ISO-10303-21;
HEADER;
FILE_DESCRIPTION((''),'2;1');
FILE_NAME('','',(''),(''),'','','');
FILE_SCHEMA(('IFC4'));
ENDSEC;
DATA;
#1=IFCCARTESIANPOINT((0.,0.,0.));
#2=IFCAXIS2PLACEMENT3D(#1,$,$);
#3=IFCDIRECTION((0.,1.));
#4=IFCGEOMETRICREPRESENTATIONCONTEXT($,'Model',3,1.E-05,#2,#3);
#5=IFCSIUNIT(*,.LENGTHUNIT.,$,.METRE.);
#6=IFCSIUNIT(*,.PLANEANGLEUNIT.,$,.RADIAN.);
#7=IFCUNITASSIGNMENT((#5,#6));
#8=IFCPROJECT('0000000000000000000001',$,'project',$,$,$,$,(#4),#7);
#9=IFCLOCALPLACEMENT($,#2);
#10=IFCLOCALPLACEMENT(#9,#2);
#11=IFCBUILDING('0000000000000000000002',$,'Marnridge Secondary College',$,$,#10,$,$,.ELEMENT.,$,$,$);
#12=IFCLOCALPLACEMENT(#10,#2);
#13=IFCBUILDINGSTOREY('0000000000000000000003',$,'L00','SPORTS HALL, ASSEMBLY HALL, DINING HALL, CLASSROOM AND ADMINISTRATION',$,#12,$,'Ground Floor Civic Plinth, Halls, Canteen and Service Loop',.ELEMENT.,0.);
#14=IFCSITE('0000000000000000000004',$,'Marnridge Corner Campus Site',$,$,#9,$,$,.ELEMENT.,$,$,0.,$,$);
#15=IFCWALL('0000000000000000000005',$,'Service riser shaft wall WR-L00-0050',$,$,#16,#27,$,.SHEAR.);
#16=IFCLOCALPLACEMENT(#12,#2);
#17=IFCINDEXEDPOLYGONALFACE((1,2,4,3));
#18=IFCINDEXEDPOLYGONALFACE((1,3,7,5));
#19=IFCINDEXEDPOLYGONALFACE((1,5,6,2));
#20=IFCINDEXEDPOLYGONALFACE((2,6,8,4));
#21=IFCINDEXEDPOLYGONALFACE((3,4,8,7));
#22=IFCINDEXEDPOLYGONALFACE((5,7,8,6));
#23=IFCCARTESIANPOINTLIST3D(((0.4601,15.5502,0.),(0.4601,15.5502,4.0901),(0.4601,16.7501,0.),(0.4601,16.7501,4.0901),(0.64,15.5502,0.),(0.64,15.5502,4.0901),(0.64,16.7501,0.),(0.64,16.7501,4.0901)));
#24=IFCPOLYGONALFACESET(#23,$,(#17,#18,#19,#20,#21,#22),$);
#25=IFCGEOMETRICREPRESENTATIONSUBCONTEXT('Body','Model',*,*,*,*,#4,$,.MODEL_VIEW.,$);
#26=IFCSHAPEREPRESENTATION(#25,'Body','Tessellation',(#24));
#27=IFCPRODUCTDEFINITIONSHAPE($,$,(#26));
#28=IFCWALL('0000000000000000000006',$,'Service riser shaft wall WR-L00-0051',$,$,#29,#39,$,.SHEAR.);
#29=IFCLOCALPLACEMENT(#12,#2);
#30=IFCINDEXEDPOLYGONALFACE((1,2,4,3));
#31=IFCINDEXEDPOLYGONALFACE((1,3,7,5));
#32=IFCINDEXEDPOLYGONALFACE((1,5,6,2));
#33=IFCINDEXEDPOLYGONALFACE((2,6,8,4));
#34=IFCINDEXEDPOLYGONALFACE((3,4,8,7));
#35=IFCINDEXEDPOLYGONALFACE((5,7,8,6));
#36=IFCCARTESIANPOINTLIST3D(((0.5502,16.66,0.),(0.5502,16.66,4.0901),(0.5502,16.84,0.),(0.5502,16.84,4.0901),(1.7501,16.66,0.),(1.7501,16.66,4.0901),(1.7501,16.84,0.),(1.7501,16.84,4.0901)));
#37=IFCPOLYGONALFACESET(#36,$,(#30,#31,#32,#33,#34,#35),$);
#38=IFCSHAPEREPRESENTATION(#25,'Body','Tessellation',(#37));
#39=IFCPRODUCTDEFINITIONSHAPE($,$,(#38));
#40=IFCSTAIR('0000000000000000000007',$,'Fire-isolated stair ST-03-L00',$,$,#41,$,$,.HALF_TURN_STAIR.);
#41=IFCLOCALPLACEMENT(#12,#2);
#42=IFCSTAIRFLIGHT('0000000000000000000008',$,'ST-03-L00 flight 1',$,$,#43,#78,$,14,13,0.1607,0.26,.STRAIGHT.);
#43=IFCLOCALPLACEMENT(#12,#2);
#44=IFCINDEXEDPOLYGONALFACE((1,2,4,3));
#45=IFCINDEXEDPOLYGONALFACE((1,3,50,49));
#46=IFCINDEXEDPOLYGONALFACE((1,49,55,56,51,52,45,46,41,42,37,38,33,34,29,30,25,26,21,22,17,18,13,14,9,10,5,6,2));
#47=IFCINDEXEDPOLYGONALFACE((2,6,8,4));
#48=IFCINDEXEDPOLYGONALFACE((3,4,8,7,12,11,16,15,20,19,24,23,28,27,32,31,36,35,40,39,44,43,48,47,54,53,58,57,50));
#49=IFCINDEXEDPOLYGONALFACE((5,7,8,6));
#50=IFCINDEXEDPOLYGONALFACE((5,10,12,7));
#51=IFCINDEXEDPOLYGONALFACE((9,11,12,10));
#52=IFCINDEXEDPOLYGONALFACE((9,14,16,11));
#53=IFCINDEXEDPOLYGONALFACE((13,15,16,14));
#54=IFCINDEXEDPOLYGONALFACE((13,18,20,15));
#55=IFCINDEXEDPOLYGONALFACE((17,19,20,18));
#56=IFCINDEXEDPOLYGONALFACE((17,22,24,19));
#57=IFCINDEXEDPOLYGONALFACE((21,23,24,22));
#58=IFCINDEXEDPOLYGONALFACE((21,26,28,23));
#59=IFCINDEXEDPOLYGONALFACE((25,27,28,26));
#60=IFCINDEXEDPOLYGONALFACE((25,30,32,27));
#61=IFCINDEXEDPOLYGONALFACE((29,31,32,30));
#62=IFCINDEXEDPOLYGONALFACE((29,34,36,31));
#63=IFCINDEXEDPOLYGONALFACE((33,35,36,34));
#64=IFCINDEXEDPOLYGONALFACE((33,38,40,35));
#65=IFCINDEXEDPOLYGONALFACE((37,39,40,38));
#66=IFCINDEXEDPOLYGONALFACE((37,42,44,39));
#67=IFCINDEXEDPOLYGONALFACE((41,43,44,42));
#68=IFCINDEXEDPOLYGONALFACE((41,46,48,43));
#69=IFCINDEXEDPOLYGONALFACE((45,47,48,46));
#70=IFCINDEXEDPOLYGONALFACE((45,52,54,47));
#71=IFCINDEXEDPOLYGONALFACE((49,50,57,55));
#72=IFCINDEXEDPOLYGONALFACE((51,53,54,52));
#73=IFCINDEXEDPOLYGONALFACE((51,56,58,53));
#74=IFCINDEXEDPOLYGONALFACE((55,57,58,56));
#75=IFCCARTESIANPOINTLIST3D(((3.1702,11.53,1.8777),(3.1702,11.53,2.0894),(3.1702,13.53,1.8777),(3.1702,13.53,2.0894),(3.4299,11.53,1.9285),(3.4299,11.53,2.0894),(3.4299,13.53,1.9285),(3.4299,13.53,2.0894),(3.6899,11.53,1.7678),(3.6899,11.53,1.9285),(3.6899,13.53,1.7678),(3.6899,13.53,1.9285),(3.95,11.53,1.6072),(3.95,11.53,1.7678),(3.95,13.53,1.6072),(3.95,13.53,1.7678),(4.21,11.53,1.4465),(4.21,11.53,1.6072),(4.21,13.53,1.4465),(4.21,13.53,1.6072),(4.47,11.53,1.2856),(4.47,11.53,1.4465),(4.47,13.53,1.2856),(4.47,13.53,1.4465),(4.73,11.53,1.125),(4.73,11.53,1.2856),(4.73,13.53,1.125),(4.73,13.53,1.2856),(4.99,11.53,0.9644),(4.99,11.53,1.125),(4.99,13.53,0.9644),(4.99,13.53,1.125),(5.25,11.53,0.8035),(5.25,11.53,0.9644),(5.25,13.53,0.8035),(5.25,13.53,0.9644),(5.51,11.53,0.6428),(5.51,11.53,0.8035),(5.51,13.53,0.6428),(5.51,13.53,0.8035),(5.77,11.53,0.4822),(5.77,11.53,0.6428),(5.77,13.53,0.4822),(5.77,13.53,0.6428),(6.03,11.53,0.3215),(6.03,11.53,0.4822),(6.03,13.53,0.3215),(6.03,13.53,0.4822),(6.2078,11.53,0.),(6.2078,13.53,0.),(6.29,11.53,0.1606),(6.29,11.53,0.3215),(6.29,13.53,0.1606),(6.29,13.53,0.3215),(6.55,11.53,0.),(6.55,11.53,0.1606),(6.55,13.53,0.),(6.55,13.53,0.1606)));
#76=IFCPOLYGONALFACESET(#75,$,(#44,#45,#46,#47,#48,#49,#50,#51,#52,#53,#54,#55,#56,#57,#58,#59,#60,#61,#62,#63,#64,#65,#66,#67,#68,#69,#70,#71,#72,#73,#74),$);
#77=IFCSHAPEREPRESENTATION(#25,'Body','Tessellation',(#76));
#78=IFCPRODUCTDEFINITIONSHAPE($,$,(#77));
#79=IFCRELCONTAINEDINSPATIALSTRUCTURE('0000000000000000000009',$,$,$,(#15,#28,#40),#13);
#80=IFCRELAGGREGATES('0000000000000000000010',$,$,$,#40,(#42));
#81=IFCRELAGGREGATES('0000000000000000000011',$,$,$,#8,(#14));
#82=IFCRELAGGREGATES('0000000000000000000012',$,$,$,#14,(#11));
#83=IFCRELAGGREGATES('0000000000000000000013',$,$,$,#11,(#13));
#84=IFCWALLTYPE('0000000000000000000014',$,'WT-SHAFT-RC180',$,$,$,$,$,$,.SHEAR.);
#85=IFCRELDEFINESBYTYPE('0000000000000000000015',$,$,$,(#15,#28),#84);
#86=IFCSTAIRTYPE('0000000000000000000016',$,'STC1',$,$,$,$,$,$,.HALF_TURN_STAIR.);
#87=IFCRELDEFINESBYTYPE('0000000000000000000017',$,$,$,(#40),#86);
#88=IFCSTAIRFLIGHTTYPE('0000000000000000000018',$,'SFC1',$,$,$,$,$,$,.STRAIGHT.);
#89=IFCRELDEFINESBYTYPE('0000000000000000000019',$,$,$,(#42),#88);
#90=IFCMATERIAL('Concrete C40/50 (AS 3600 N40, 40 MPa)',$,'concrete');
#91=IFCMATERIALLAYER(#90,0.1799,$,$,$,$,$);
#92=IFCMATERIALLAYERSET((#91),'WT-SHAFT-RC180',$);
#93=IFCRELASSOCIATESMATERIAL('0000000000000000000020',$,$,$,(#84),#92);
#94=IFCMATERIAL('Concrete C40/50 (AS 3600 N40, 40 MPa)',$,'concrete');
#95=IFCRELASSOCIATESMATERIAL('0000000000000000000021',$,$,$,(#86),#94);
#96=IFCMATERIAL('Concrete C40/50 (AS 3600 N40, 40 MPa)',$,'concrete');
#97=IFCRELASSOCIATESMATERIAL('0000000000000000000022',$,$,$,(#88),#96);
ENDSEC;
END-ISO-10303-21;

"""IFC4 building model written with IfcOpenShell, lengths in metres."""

from ifc_helpers import new_model, si_unit, direction, frame, frame_2d, origin, place, context, subcontext, project, spatial, polyline, rectangle, outline, extrude, material, layer, layer_set, type_object, element, aggregate, save


model = new_model("IFC4")

# Units and contexts
model_context = context("Model", 3, precision=1e-05, world=origin(), true_north=direction((0.0, 1.0)))
body_context = subcontext(model_context, "Body", "Model", "MODEL_VIEW")
ifc_project = project(units=[si_unit("LENGTHUNIT", "METRE"), si_unit("PLANEANGLEUNIT", "RADIAN")], contexts=[model_context])

# Site, building, storey
site_placement = place(None, origin())
site = spatial("IfcSite", under=ifc_project, at=site_placement, Name="Marnridge Corner Campus Site", CompositionType="ELEMENT", RefElevation=0.0)
building_placement = place(site_placement, origin())
building = spatial("IfcBuilding", under=site, at=building_placement, Name="Marnridge Secondary College", CompositionType="ELEMENT")
storey_placement = place(building_placement, origin())
storey = spatial("IfcBuildingStorey", under=building, at=storey_placement, Name="L00", Description="SPORTS HALL, ASSEMBLY HALL, DINING HALL, CLASSROOM AND ADMINISTRATION", LongName="Ground Floor Civic Plinth, Halls, Canteen and Service Loop", CompositionType="ELEMENT", Elevation=0.0)

# Walls
ifc_material_1 = material(Name="Concrete C40/50 (AS 3600 N40, 40 MPa)", Category="concrete")
ifc_layer_1 = layer(ifc_material_1, 0.1799)
ifc_layer_set_1 = layer_set([ifc_layer_1], Name="WT-SHAFT-RC180")
wall_type_1 = type_object("IfcWallType", Name="WT-SHAFT-RC180", PredefinedType="SHEAR", material=ifc_layer_set_1)
for number, where, z_axis, x_axis, name in (
    (1, (0.55, 15.55, 0.0), (0.0, 0.0, 1.0), (0.0, 1.0, 0.0), "Service riser shaft wall WR-L00-0050"),
    (2, (0.55, 16.75, 0.0), (0.0, 0.0, 1.0), (1.0, 0.0, 0.0), "Service riser shaft wall WR-L00-0051"),
):
    element("IfcWall", number, at=place(storey_placement, frame(where, z_axis=z_axis, x_axis=x_axis)), inside=storey, type_object=wall_type_1, Name=name, PredefinedType="SHEAR", context=body_context, shape_type="SweptSolid", body=[
        extrude(rectangle(XDim=1.2, YDim=0.1799, at=frame_2d((0.6001, 0.0))), origin(), (0.0, 0.0, 1.0), 4.0901),
    ])

# Stair, stair flight
ifc_material_2 = material(Name="Concrete C40/50 (AS 3600 N40, 40 MPa)", Category="concrete")
stair_type = type_object("IfcStairType", Name="STC1", PredefinedType="HALF_TURN_STAIR", material=ifc_material_2)
stair_placement = place(storey_placement, origin())
stair = element("IfcStair", 3, at=stair_placement, inside=storey, type_object=stair_type, Name="Fire-isolated stair ST-03-L00", PredefinedType="HALF_TURN_STAIR")
ifc_material_3 = material(Name="Concrete C40/50 (AS 3600 N40, 40 MPa)", Category="concrete")
stair_flight_type = type_object("IfcStairFlightType", Name="SFC1", PredefinedType="STRAIGHT", material=ifc_material_3)
stair_flight_placement = place(storey_placement, frame((6.55, 12.53, 0.0), z_axis=(0.0, 0.0, 1.0), x_axis=(-1.0, 0.0, 0.0)))
stair_flight = element("IfcStairFlight", 4, at=stair_flight_placement, type_object=stair_flight_type, Name="ST-03-L00 flight 1", NumberOfRisers=14, NumberOfTreads=13, PredefinedType="STRAIGHT", RiserHeight=0.1607, TreadLength=0.26, context=body_context, shape_type="SweptSolid", body=[
    extrude(outline(polyline([(0.0, 0.0), (0.0, 0.1606), (0.26, 0.1606), (0.26, 0.3215), (0.52, 0.3215), (0.52, 0.4822), (0.78, 0.4822), (0.78, 0.6428), (1.04, 0.6428), (1.04, 0.8035), (1.3, 0.8035), (1.3, 0.9644), (1.5601, 0.9644), (1.5601, 1.125), (1.8201, 1.125), (1.8201, 1.2856), (2.0801, 1.2856), (2.0801, 1.4465), (2.3401, 1.4465), (2.3401, 1.6072), (2.6001, 1.6072), (2.6001, 1.7678), (2.8601, 1.7678), (2.8601, 1.9285), (3.1201, 1.9285), (3.1201, 2.0894), (3.3799, 2.0894), (3.3799, 2.25), (3.3799, 1.8777), (0.3423, 0.0), (0.0, 0.0)])), frame((0.0, 1.0, 0.0), z_axis=(0.0, -1.0, 0.0), x_axis=(1.0, 0.0, 0.0)), (0.0, 0.0, 1.0), 2.0),
])
aggregate(stair, [stair_flight])

save(model, "model.ifc")
